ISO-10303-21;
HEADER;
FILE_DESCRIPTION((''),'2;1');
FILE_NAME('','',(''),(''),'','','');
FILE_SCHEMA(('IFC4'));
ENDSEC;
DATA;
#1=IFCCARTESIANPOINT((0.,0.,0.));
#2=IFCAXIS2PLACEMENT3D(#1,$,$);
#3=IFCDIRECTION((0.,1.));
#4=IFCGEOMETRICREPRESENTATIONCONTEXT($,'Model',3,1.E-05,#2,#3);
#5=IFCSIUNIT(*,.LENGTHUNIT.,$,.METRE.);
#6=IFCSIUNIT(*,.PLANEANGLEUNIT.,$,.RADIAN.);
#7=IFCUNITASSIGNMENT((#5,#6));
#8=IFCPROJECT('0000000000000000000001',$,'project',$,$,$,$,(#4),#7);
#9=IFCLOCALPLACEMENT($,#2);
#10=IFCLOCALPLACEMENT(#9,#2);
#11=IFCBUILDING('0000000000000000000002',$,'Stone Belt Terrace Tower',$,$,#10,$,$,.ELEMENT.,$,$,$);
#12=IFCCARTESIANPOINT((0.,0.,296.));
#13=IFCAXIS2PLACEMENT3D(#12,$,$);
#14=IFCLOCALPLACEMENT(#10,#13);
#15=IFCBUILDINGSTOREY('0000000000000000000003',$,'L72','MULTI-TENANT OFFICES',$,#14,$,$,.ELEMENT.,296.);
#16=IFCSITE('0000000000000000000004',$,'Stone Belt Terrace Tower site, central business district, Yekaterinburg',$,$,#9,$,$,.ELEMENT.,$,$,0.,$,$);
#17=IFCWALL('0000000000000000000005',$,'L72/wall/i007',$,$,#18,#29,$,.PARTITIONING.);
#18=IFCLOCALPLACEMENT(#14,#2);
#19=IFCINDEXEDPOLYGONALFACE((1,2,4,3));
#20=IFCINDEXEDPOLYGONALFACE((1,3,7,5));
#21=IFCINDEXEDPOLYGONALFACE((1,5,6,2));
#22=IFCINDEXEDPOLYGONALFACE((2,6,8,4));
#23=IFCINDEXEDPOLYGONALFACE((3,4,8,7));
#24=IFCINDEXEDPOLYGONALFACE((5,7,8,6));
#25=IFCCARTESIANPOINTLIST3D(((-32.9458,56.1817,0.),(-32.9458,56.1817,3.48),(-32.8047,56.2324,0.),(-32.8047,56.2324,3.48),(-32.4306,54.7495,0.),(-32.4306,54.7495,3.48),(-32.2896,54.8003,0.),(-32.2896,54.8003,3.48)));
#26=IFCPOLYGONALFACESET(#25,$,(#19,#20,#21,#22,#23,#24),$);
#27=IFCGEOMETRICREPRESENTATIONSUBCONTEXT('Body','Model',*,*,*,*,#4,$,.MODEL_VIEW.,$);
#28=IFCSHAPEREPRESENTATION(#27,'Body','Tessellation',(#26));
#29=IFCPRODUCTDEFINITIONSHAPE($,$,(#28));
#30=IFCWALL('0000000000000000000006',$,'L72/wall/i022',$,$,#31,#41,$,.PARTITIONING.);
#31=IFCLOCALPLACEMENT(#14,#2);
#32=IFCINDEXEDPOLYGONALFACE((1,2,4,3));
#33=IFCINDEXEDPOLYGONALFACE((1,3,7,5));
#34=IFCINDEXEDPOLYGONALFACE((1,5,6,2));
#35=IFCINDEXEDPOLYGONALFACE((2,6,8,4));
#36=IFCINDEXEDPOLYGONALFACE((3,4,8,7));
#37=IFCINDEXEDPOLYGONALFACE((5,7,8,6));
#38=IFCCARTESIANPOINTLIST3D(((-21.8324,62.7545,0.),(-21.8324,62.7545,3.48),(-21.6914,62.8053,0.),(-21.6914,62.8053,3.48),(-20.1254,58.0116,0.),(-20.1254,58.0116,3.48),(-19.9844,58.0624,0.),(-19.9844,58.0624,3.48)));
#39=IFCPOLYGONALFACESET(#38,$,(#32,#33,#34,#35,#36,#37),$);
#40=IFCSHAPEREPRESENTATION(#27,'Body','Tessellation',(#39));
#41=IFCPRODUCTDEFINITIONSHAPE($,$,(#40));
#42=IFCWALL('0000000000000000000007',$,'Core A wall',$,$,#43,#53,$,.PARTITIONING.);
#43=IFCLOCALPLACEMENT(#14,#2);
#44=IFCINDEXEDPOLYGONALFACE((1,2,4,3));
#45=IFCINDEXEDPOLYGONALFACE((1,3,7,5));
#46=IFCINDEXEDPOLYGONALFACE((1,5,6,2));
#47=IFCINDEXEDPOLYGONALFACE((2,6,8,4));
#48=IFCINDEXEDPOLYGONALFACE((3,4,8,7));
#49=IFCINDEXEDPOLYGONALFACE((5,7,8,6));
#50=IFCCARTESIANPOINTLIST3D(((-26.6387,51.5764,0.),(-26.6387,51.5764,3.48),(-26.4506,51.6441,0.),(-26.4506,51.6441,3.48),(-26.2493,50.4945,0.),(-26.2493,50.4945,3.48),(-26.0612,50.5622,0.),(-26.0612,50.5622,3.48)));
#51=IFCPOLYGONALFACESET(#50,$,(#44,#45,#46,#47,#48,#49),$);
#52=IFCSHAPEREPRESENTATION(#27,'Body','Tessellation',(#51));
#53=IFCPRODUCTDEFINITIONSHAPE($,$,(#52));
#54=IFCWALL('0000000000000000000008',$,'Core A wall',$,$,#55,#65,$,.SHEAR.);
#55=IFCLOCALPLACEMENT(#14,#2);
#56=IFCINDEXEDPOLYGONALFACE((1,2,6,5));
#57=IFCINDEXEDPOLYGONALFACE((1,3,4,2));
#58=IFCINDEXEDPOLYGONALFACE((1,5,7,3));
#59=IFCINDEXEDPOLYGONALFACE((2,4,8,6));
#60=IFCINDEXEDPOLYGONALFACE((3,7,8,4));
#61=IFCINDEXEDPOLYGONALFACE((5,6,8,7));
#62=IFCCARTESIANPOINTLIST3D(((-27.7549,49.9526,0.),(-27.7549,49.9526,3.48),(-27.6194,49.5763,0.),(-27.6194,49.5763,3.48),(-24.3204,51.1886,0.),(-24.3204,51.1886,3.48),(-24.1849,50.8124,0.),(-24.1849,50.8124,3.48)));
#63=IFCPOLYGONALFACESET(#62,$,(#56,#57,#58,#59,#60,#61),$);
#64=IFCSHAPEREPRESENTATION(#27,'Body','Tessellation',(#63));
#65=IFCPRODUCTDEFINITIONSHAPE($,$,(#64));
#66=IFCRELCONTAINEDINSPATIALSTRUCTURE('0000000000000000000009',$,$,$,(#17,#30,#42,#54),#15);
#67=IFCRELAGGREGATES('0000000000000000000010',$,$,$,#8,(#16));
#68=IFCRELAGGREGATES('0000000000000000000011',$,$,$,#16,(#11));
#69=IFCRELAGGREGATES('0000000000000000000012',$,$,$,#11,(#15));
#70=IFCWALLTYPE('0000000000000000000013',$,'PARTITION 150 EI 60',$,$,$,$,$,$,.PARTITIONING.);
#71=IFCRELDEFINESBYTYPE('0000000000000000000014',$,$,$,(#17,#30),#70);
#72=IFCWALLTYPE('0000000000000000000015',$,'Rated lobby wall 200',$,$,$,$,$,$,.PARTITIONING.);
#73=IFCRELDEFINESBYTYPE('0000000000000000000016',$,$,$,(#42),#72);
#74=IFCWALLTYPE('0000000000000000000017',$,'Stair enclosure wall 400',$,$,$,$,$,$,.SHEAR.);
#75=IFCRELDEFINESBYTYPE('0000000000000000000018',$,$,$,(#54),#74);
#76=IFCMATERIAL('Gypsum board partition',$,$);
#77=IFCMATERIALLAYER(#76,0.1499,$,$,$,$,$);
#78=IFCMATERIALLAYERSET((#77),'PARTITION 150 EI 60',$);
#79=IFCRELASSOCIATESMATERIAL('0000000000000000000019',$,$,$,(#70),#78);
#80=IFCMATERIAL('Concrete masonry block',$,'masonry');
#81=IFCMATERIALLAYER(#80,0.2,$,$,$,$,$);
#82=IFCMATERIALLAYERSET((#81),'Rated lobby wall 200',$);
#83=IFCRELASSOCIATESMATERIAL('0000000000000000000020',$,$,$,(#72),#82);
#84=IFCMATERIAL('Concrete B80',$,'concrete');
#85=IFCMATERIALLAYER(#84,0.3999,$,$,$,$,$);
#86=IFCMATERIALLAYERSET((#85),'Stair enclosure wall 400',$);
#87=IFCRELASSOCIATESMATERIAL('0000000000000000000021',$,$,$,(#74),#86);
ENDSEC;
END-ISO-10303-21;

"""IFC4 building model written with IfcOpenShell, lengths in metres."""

from ifc_helpers import new_model, si_unit, direction, frame, frame_2d, origin, place, context, subcontext, project, spatial, rectangle, extrude, material, layer, layer_set, type_object, element, save


model = new_model("IFC4")

# Units and contexts
model_context = context("Model", 3, precision=1e-05, world=origin(), true_north=direction((0.0, 1.0)))
body_context = subcontext(model_context, "Body", "Model", "MODEL_VIEW")
ifc_project = project(units=[si_unit("LENGTHUNIT", "METRE"), si_unit("PLANEANGLEUNIT", "RADIAN")], contexts=[model_context])

# Site, building, storey
site_placement = place(None, origin())
site = spatial("IfcSite", under=ifc_project, at=site_placement, Name="Stone Belt Terrace Tower site, central business district, Yekaterinburg", CompositionType="ELEMENT", RefElevation=0.0)
building_placement = place(site_placement, origin())
building = spatial("IfcBuilding", under=site, at=building_placement, Name="Stone Belt Terrace Tower", CompositionType="ELEMENT")
storey_placement = place(building_placement, frame((0.0, 0.0, 296.0)))
storey = spatial("IfcBuildingStorey", under=building, at=storey_placement, Name="L72", Description="MULTI-TENANT OFFICES", CompositionType="ELEMENT", Elevation=296.0)

# Shared definitions
ifc_material_1 = material(Name="Concrete B80", Category="concrete")

# Shared definitions
ifc_material_2 = material(Name="Gypsum board partition")
ifc_layer_1 = layer(ifc_material_2, 0.1499)
ifc_layer_set_1 = layer_set([ifc_layer_1], Name="PARTITION 150 EI 60")
wall_type_1 = type_object("IfcWallType", Name="PARTITION 150 EI 60", PredefinedType="PARTITIONING", material=ifc_layer_set_1)

# Walls
wall_1_placement = place(storey_placement, frame((-32.3601, 54.7749, 0.0), z_axis=(0.0, 0.0, 1.0), x_axis=(-0.33847, 0.940977, 0.0)))
element("IfcWall", 1, at=wall_1_placement, inside=storey, type_object=wall_type_1, Name="L72/wall/i007", PredefinedType="PARTITIONING", context=body_context, shape_type="SweptSolid", body=[
    extrude(rectangle(XDim=1.522, YDim=0.1499, at=frame_2d((0.761, 0.0))), origin(), (0.0, 0.0, 1.0), 3.48),
])
wall_2_placement = place(storey_placement, frame((-21.762, 62.78, 0.0), z_axis=(0.0, 0.0, 1.0), x_axis=(0.338646, -0.940914, 0.0)))
element("IfcWall", 2, at=wall_2_placement, inside=storey, type_object=wall_type_1, Name="L72/wall/i022", PredefinedType="PARTITIONING", context=body_context, shape_type="SweptSolid", body=[
    extrude(rectangle(XDim=5.0408, YDim=0.1499, at=frame_2d((2.5205, 0.0))), origin(), (0.0, 0.0, 1.0), 3.48),
])
ifc_material_3 = material(Name="Concrete masonry block", Category="masonry")
ifc_layer_2 = layer(ifc_material_3, 0.2)
ifc_layer_set_2 = layer_set([ifc_layer_2], Name="Rated lobby wall 200")
wall_type_2 = type_object("IfcWallType", Name="Rated lobby wall 200", PredefinedType="PARTITIONING", material=ifc_layer_set_2)
wall_3_placement = place(storey_placement, frame((-26.1553, 50.5283, 0.0), z_axis=(0.0, 0.0, 1.0), x_axis=(-0.338622, 0.940923, 0.0)))
element("IfcWall", 3, at=wall_3_placement, inside=storey, type_object=wall_type_2, Name="Core A wall", PredefinedType="PARTITIONING", context=body_context, shape_type="SweptSolid", body=[
    extrude(rectangle(XDim=1.1499, YDim=0.2, at=frame_2d((0.575, 0.0))), origin(), (0.0, 0.0, 1.0), 3.48),
])
ifc_layer_3 = layer(ifc_material_1, 0.3999)
ifc_layer_set_3 = layer_set([ifc_layer_3], Name="Stair enclosure wall 400")
wall_type_3 = type_object("IfcWallType", Name="Stair enclosure wall 400", PredefinedType="SHEAR", material=ifc_layer_set_3)
wall_4_placement = place(storey_placement, frame((-27.6873, 49.7644, 0.0), z_axis=(0.0, 0.0, 1.0), x_axis=(0.940919, 0.338632, 0.0)))
element("IfcWall", 4, at=wall_4_placement, inside=storey, type_object=wall_type_3, Name="Core A wall", PredefinedType="SHEAR", context=body_context, shape_type="SweptSolid", body=[
    extrude(rectangle(XDim=3.6501, YDim=0.3999, at=frame_2d((1.8252, 0.0))), origin(), (0.0, 0.0, 1.0), 3.48),
])

save(model, "model.ifc")
